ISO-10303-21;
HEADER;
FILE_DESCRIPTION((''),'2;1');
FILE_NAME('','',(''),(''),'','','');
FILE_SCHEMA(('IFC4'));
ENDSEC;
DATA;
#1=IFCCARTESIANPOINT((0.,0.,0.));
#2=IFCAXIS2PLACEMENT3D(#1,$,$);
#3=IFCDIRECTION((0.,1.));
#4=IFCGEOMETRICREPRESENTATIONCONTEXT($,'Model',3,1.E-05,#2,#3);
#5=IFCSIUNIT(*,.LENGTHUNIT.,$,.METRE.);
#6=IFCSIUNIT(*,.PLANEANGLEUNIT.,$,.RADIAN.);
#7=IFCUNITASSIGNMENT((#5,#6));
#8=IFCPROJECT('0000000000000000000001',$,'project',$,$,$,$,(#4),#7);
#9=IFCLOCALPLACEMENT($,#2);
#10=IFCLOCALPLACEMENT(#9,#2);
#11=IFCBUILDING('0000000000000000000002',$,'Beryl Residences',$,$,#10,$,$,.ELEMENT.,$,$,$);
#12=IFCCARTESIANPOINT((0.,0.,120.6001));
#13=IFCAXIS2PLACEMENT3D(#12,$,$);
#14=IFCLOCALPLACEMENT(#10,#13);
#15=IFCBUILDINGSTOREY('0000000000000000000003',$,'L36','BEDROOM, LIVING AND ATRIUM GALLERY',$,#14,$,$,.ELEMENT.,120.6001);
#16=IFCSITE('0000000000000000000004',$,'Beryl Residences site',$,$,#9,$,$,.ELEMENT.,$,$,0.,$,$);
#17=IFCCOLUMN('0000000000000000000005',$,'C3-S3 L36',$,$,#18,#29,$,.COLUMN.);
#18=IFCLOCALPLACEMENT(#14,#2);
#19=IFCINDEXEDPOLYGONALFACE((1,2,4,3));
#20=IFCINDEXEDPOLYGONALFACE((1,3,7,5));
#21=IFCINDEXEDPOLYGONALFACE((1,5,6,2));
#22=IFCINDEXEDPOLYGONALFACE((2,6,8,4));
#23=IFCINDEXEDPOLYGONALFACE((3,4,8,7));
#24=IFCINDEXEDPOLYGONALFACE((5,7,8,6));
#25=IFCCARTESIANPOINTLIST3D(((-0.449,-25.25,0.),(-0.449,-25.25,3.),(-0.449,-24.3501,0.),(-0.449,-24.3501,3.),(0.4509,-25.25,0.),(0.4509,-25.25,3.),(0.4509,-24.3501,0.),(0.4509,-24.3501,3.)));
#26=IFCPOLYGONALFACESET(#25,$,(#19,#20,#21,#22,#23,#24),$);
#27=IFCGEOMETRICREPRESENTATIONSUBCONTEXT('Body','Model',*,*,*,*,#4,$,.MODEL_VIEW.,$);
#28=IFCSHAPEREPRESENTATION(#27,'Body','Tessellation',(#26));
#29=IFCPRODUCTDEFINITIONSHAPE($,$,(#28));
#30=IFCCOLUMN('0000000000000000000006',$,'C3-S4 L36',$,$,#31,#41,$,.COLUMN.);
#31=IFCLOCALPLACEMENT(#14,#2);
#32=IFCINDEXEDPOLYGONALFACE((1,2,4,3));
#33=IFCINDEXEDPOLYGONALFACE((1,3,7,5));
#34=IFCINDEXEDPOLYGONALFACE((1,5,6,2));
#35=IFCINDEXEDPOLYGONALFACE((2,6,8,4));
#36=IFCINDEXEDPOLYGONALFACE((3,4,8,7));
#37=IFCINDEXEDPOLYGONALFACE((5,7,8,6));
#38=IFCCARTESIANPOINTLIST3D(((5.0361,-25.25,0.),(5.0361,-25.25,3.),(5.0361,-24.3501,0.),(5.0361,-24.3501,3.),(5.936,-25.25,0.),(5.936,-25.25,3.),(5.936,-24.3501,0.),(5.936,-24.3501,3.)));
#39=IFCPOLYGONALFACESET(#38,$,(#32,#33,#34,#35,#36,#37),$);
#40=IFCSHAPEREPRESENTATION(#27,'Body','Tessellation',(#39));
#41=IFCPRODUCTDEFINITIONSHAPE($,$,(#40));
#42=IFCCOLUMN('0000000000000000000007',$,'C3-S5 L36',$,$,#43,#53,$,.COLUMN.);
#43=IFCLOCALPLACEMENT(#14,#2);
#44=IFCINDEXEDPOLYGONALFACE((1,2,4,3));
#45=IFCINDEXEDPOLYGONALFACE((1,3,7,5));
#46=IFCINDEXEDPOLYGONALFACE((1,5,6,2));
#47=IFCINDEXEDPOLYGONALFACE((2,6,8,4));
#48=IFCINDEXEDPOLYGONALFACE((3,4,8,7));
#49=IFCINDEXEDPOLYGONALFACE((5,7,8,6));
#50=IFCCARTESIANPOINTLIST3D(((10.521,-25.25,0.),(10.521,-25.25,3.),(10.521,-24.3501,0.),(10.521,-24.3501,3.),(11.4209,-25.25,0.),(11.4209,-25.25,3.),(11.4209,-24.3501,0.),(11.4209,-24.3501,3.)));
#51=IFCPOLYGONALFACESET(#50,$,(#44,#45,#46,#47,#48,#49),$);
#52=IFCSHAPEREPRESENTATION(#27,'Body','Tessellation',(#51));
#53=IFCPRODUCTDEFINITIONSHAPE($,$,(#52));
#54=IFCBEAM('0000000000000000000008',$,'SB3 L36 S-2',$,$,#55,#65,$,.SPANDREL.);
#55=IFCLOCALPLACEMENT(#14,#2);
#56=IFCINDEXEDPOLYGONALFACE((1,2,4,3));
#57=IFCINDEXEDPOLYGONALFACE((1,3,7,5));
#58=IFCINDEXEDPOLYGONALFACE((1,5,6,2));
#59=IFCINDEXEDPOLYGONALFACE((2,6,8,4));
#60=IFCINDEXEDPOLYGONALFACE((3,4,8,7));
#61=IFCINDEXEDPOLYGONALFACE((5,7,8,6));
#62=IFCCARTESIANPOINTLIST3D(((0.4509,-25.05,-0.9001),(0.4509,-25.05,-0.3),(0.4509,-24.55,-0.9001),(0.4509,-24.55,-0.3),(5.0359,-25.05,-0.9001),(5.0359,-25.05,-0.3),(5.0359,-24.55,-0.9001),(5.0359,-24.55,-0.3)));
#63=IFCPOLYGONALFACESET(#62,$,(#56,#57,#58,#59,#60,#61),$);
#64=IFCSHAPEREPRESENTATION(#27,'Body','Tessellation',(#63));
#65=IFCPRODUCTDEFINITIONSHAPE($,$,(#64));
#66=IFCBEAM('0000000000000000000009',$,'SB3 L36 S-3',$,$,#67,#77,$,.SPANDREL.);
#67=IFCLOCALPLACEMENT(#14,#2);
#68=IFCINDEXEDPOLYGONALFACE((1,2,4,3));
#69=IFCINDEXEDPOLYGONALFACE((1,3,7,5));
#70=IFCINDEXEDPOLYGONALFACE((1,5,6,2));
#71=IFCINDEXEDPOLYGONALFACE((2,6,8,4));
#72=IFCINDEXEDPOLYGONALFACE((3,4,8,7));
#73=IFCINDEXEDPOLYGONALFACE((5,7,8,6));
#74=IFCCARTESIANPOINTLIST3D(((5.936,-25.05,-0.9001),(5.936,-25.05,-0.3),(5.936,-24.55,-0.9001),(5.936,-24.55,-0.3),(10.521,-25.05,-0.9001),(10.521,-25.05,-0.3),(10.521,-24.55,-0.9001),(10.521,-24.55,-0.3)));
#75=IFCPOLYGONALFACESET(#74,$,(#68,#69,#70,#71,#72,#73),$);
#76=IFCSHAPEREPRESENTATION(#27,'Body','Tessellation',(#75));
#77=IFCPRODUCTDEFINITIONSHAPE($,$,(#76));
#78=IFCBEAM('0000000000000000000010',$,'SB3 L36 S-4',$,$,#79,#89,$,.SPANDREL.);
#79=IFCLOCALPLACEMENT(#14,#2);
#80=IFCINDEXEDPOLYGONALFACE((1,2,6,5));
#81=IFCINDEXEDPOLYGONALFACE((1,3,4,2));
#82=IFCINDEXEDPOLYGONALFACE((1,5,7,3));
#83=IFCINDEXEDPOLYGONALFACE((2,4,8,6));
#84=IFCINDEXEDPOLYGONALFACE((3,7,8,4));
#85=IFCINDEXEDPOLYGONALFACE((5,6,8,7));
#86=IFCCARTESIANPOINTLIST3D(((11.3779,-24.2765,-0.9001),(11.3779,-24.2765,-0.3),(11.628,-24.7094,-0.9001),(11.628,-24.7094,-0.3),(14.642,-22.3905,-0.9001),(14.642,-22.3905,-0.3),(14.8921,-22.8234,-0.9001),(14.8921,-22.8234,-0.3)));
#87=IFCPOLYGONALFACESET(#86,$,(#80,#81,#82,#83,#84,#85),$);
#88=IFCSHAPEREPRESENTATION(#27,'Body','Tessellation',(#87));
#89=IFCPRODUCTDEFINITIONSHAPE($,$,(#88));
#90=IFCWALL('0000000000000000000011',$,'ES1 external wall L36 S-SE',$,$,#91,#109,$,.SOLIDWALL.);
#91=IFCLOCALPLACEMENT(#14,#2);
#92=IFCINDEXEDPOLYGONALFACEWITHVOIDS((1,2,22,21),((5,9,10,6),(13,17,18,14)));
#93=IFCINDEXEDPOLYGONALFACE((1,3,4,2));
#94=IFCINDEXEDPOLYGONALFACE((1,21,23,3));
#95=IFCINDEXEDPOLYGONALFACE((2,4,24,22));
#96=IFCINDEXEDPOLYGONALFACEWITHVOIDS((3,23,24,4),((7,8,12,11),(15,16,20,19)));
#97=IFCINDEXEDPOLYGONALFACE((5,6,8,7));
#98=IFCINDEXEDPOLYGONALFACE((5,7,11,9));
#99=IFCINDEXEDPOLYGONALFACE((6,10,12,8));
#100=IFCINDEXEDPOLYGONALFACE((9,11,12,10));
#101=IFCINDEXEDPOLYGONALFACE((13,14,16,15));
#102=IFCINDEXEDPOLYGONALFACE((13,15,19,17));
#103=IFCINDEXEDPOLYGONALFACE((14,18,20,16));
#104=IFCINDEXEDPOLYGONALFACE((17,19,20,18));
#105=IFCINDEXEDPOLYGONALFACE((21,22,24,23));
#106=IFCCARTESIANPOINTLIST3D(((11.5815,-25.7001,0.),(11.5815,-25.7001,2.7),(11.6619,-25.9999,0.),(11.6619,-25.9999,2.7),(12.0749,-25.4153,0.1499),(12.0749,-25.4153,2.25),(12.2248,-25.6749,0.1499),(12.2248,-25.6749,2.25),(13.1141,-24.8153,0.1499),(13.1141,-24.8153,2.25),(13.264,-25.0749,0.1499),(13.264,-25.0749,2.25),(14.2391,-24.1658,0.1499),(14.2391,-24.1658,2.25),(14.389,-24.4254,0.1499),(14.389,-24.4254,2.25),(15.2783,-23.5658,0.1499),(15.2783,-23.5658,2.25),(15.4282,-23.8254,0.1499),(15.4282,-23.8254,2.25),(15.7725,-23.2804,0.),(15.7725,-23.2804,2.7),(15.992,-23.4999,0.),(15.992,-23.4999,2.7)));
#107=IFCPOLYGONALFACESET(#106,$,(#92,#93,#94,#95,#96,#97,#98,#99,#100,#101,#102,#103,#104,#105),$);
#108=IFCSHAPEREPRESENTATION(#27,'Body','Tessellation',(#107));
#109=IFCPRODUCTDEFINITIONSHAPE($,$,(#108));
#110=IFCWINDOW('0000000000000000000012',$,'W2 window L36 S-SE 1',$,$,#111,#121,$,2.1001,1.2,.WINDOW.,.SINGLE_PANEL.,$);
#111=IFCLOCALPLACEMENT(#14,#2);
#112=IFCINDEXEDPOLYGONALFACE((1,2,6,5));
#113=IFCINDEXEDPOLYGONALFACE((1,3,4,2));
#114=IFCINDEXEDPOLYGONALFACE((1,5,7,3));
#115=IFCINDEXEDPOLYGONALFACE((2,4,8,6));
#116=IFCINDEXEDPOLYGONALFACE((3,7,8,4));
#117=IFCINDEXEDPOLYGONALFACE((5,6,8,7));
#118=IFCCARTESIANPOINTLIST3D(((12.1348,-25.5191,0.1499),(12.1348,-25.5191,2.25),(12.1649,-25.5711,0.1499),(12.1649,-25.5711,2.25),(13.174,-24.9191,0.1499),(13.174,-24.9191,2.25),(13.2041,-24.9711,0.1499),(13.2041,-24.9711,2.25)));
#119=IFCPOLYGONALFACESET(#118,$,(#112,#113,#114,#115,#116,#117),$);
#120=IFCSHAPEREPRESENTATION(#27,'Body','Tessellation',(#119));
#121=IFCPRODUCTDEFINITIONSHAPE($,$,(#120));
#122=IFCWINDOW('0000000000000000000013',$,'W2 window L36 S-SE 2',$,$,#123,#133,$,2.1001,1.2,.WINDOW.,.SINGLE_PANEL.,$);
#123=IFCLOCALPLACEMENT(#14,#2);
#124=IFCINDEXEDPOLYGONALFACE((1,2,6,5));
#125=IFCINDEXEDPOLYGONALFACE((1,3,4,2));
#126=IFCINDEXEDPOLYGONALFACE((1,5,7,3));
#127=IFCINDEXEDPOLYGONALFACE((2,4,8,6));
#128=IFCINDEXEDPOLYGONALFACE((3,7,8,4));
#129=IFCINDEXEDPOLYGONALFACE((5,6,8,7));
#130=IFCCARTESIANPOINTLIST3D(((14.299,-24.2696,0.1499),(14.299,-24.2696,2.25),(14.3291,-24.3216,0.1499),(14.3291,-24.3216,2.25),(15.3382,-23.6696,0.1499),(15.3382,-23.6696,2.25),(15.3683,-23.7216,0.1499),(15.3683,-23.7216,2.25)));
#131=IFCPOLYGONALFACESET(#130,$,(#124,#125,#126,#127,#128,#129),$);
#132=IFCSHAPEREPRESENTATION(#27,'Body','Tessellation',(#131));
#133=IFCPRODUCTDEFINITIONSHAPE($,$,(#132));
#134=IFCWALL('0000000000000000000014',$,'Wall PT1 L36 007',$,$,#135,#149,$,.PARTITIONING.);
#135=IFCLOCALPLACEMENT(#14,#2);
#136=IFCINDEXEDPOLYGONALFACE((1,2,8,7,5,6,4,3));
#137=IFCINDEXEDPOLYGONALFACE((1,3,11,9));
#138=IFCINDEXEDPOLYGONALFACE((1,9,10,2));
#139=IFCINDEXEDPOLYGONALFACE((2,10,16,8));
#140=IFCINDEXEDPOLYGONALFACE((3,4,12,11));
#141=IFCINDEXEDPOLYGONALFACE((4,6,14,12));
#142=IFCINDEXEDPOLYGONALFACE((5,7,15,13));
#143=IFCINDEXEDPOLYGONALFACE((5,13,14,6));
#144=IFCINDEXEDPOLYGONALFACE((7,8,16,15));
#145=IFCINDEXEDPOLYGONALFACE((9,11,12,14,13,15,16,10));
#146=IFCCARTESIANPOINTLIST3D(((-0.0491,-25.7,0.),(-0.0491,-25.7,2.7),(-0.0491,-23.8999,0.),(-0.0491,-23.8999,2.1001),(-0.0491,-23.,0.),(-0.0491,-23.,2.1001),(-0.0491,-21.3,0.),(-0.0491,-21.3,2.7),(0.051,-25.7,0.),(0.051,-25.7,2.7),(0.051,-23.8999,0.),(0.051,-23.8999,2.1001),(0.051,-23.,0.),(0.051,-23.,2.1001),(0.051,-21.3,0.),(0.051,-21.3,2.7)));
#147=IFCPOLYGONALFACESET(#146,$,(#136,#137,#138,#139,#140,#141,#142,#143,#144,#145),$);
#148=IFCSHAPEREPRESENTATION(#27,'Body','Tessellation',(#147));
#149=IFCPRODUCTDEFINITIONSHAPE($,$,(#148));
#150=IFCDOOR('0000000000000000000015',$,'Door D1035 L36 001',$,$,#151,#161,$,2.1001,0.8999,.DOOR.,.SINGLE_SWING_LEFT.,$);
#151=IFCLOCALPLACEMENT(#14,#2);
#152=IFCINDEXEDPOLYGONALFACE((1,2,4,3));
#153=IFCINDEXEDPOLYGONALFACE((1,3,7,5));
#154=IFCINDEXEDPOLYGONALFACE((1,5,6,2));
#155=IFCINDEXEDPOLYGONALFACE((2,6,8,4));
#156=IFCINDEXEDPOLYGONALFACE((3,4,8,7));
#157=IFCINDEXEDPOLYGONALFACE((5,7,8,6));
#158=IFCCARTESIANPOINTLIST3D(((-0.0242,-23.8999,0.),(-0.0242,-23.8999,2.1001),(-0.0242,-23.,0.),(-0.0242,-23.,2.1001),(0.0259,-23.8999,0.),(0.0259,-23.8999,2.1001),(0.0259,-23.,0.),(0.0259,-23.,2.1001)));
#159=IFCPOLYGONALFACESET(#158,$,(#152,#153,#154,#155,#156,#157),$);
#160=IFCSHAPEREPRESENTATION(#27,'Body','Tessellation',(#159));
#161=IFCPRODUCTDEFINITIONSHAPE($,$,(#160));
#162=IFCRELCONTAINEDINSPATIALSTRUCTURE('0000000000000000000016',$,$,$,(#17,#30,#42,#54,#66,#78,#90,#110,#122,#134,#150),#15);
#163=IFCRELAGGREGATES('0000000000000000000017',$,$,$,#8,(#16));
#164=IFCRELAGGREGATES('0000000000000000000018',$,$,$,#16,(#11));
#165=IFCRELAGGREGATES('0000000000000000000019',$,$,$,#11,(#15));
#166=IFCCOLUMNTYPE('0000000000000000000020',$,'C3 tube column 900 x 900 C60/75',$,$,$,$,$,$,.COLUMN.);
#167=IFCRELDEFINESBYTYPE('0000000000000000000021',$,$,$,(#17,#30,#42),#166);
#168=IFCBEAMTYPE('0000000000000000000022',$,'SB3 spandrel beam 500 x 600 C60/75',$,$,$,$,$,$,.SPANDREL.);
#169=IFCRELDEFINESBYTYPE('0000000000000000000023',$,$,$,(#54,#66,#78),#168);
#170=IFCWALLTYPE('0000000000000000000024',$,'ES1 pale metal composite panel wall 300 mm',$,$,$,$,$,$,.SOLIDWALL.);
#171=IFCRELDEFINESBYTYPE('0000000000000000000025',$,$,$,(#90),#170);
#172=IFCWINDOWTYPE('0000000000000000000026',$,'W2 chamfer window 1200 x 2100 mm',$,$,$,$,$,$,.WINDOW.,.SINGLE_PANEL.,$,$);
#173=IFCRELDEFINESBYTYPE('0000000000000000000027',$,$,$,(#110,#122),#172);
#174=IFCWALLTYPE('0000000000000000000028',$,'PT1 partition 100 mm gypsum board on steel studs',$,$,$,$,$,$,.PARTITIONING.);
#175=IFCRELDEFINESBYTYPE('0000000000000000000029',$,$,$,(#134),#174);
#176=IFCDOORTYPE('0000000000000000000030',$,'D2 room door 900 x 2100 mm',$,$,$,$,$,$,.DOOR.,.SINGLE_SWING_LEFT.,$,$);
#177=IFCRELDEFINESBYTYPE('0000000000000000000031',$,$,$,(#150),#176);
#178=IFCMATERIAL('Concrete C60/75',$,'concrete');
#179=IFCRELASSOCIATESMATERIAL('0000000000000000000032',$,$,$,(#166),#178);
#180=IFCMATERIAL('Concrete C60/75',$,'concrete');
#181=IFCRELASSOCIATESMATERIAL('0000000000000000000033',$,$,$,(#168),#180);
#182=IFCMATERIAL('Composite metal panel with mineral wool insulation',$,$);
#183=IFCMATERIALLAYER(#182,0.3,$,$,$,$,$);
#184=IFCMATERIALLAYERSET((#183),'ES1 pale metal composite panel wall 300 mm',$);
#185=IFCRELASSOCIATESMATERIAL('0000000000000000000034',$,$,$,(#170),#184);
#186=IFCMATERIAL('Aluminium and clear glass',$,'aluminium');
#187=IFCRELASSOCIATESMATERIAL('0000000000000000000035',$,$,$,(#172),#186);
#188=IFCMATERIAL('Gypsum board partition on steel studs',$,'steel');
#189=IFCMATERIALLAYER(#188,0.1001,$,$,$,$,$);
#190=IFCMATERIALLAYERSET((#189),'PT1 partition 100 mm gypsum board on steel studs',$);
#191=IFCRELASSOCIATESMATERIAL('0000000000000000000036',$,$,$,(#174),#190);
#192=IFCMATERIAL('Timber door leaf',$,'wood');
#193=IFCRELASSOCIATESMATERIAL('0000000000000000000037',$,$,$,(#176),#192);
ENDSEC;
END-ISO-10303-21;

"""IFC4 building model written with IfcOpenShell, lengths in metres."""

from ifc_helpers import new_model, si_unit, direction, frame, frame_2d, origin, origin_2d, place, context, subcontext, project, spatial, polyline, rectangle, outline, extrude, material, layer, layer_set, material_profile, profile_set, type_object, element, fill, save


model = new_model("IFC4")

# Units and contexts
model_context = context("Model", 3, precision=1e-05, world=origin(), true_north=direction((0.0, 1.0)))
body_context = subcontext(model_context, "Body", "Model", "MODEL_VIEW")
ifc_project = project(units=[si_unit("LENGTHUNIT", "METRE"), si_unit("PLANEANGLEUNIT", "RADIAN")], contexts=[model_context])

# Site, building, storey
site_placement = place(None, origin())
site = spatial("IfcSite", under=ifc_project, at=site_placement, Name="Beryl Residences site", CompositionType="ELEMENT", RefElevation=0.0)
building_placement = place(site_placement, origin())
building = spatial("IfcBuilding", under=site, at=building_placement, Name="Beryl Residences", CompositionType="ELEMENT")
storey_placement = place(building_placement, frame((0.0, 0.0, 120.6001)))
storey = spatial("IfcBuildingStorey", under=building, at=storey_placement, Name="L36", Description="BEDROOM, LIVING AND ATRIUM GALLERY", CompositionType="ELEMENT", Elevation=120.6001)

# Columns
ifc_material_1 = material(Name="Concrete C60/75", Category="concrete")
ifc_material_profile_1 = material_profile(ifc_material_1, rectangle(XDim=0.8999, YDim=0.8999, at=origin_2d()))
ifc_profile_set_1 = profile_set([ifc_material_profile_1], Name="Concrete C60/75")
column_type = type_object("IfcColumnType", Name="C3 tube column 900 x 900 C60/75", PredefinedType="COLUMN", material=ifc_profile_set_1)
for number, where, z_axis, x_axis, name in (
    (1, (0.001, -24.8, 0.0), (0.0, 0.0, 1.0), (1.0, 0.0, 0.0), "C3-S3 L36"),
    (2, (5.4861, -24.8, 0.0), (0.0, 0.0, 1.0), (1.0, 0.0, 0.0), "C3-S4 L36"),
    (3, (10.9709, -24.8, 0.0), (0.0, 0.0, 1.0), (1.0, 0.0, 0.0), "C3-S5 L36"),
):
    element("IfcColumn", number, at=place(storey_placement, frame(where, z_axis=z_axis, x_axis=x_axis)), inside=storey, type_object=column_type, Name=name, PredefinedType="COLUMN", context=body_context, shape_type="SweptSolid", body=[
        extrude(rectangle(XDim=0.8999, YDim=0.8999, at=origin_2d()), origin(), (0.0, 0.0, 1.0), 3.0),
    ])

# Beams
ifc_material_2 = material(Name="Concrete C60/75", Category="concrete")
ifc_material_profile_2 = material_profile(ifc_material_2, rectangle(XDim=0.5, YDim=0.6001, at=origin_2d()))
ifc_profile_set_2 = profile_set([ifc_material_profile_2], Name="Concrete C60/75")
beam_type = type_object("IfcBeamType", Name="SB3 spandrel beam 500 x 600 C60/75", PredefinedType="SPANDREL", material=ifc_profile_set_2)
for number, where, z_axis, x_axis, name in (
    (4, (0.4509, -24.8, -0.6001), (1.0, 0.0, 0.0), (0.0, 1.0, 0.0), "SB3 L36 S-2"),
    (5, (5.936, -24.8, -0.6001), (1.0, 0.0, 0.0), (0.0, 1.0, 0.0), "SB3 L36 S-3"),
):
    element("IfcBeam", number, at=place(storey_placement, frame(where, z_axis=z_axis, x_axis=x_axis)), inside=storey, type_object=beam_type, Name=name, PredefinedType="SPANDREL", context=body_context, shape_type="SweptSolid", body=[
        extrude(rectangle(XDim=0.5, YDim=0.6001, at=origin_2d()), origin(), (0.0, 0.0, 1.0), 4.585),
    ])
beam_placement = place(storey_placement, frame((11.5029, -24.4929, -0.6001), z_axis=(0.865862, 0.500283, 0.0), x_axis=(-0.500283, 0.865862, 0.0)))
element("IfcBeam", 6, at=beam_placement, inside=storey, type_object=beam_type, Name="SB3 L36 S-4", PredefinedType="SPANDREL", context=body_context, shape_type="SweptSolid", body=[
    extrude(rectangle(XDim=0.5, YDim=0.6001, at=origin_2d()), origin(), (0.0, 0.0, 1.0), 3.7698),
])

# Wall, openings, windows
ifc_material_3 = material(Name="Composite metal panel with mineral wool insulation")
ifc_layer_1 = layer(ifc_material_3, 0.3)
ifc_layer_set_1 = layer_set([ifc_layer_1], Name="ES1 pale metal composite panel wall 300 mm")
wall_type_1 = type_object("IfcWallType", Name="ES1 pale metal composite panel wall 300 mm", PredefinedType="SOLIDWALL", material=ifc_layer_set_1)
wall_1_placement = place(storey_placement, frame((11.5869, -25.8701, 0.0), z_axis=(0.0, 0.0, 1.0), x_axis=(0.866023, 0.500004, 0.0)))
wall_1 = element("IfcWall", 7, at=wall_1_placement, inside=storey, type_object=wall_type_1, Name="ES1 external wall L36 S-SE", PredefinedType="SOLIDWALL", context=body_context, shape_type="SweptSolid", body=[
    extrude(outline(polyline([(0.0, -0.1499), (5.0, -0.1499), (4.9197, 0.1499), (0.0803, 0.1499), (0.0, -0.1499)])), origin(), (0.0, 0.0, 1.0), 2.7),
])
opening_1_placement = place(wall_1_placement, frame((0.6499, 0.0, 0.1499)))
opening_1 = element("IfcOpeningElement", 8, at=opening_1_placement, cuts=wall_1, PredefinedType="OPENING", context=body_context, shape_type="SweptSolid", body=[
    extrude(rectangle(XDim=1.2, YDim=2.1001, at=frame_2d((0.6001, 1.05))), frame((0.0, 0.1599, 0.0), z_axis=(0.0, -1.0, 0.0), x_axis=(1.0, 0.0, 0.0)), (0.0, 0.0, 1.0), 0.3201),
])
opening_2_placement = place(wall_1_placement, frame((3.1489, 0.0, 0.1499)))
opening_2 = element("IfcOpeningElement", 9, at=opening_2_placement, cuts=wall_1, PredefinedType="OPENING", context=body_context, shape_type="SweptSolid", body=[
    extrude(rectangle(XDim=1.2, YDim=2.1001, at=frame_2d((0.6001, 1.05))), frame((0.0, 0.1599, 0.0), z_axis=(0.0, -1.0, 0.0), x_axis=(1.0, 0.0, 0.0)), (0.0, 0.0, 1.0), 0.3201),
])
ifc_material_4 = material(Name="Aluminium and clear glass", Category="aluminium")
window_type = type_object("IfcWindowType", Name="W2 chamfer window 1200 x 2100 mm", PartitioningType="SINGLE_PANEL", PredefinedType="WINDOW", material=ifc_material_4)
window_1_placement = place(opening_1_placement, origin())
window_1 = element("IfcWindow", 10, at=window_1_placement, inside=storey, type_object=window_type, Name="W2 window L36 S-SE 1", OverallHeight=2.1001, OverallWidth=1.2, PartitioningType="SINGLE_PANEL", PredefinedType="WINDOW", context=body_context, shape_type="SweptSolid", body=[
    extrude(rectangle(XDim=1.2, YDim=2.1001, at=frame_2d((0.6001, 1.05))), frame((0.0, 0.03, 0.0), z_axis=(0.0, -1.0, 0.0), x_axis=(1.0, 0.0, 0.0)), (0.0, 0.0, 1.0), 0.0601),
])
fill(opening_1, window_1)
window_2_placement = place(opening_2_placement, origin())
window_2 = element("IfcWindow", 11, at=window_2_placement, inside=storey, type_object=window_type, Name="W2 window L36 S-SE 2", OverallHeight=2.1001, OverallWidth=1.2, PartitioningType="SINGLE_PANEL", PredefinedType="WINDOW", context=body_context, shape_type="SweptSolid", body=[
    extrude(rectangle(XDim=1.2, YDim=2.1001, at=frame_2d((0.6001, 1.05))), frame((0.0, 0.03, 0.0), z_axis=(0.0, -1.0, 0.0), x_axis=(1.0, 0.0, 0.0)), (0.0, 0.0, 1.0), 0.0601),
])
fill(opening_2, window_2)

# Wall, opening, door
ifc_material_5 = material(Name="Gypsum board partition on steel studs", Category="steel")
ifc_layer_2 = layer(ifc_material_5, 0.1001)
ifc_layer_set_2 = layer_set([ifc_layer_2], Name="PT1 partition 100 mm gypsum board on steel studs")
wall_type_2 = type_object("IfcWallType", Name="PT1 partition 100 mm gypsum board on steel studs", PredefinedType="PARTITIONING", material=ifc_layer_set_2)
wall_2_placement = place(storey_placement, frame((0.001, -21.3, 0.0), z_axis=(0.0, 0.0, 1.0), x_axis=(0.0, -1.0, 0.0)))
wall_2 = element("IfcWall", 12, at=wall_2_placement, inside=storey, type_object=wall_type_2, Name="Wall PT1 L36 007", PredefinedType="PARTITIONING", context=body_context, shape_type="SweptSolid", body=[
    extrude(rectangle(XDim=4.3999, YDim=0.1001, at=frame_2d((2.2, 0.0))), origin(), (0.0, 0.0, 1.0), 2.7),
])
opening_3_placement = place(wall_2_placement, frame((1.7, 0.0, 0.0)))
opening_3 = element("IfcOpeningElement", 13, at=opening_3_placement, cuts=wall_2, PredefinedType="OPENING", context=body_context, shape_type="SweptSolid", body=[
    extrude(rectangle(XDim=0.8999, YDim=2.1001, at=frame_2d((0.45, 1.05))), frame((0.0, 0.0601, 0.0), z_axis=(0.0, -1.0, 0.0), x_axis=(1.0, 0.0, 0.0)), (0.0, 0.0, 1.0), 0.1201),
])
ifc_material_6 = material(Name="Timber door leaf", Category="wood")
door_type = type_object("IfcDoorType", Name="D2 room door 900 x 2100 mm", OperationType="SINGLE_SWING_LEFT", PredefinedType="DOOR", material=ifc_material_6)
door_1_placement = place(opening_3_placement, origin())
door_1 = element("IfcDoor", 14, at=door_1_placement, inside=storey, type_object=door_type, Name="Door D1035 L36 001", OperationType="SINGLE_SWING_LEFT", OverallHeight=2.1001, OverallWidth=0.8999, PredefinedType="DOOR", context=body_context, shape_type="SweptSolid", body=[
    extrude(rectangle(XDim=0.8999, YDim=2.1001, at=frame_2d((0.45, 1.05))), frame((0.0, 0.0249, 0.0), z_axis=(0.0, -1.0, 0.0), x_axis=(1.0, 0.0, 0.0)), (0.0, 0.0, 1.0), 0.05),
])
fill(opening_3, door_1)

save(model, "model.ifc")
